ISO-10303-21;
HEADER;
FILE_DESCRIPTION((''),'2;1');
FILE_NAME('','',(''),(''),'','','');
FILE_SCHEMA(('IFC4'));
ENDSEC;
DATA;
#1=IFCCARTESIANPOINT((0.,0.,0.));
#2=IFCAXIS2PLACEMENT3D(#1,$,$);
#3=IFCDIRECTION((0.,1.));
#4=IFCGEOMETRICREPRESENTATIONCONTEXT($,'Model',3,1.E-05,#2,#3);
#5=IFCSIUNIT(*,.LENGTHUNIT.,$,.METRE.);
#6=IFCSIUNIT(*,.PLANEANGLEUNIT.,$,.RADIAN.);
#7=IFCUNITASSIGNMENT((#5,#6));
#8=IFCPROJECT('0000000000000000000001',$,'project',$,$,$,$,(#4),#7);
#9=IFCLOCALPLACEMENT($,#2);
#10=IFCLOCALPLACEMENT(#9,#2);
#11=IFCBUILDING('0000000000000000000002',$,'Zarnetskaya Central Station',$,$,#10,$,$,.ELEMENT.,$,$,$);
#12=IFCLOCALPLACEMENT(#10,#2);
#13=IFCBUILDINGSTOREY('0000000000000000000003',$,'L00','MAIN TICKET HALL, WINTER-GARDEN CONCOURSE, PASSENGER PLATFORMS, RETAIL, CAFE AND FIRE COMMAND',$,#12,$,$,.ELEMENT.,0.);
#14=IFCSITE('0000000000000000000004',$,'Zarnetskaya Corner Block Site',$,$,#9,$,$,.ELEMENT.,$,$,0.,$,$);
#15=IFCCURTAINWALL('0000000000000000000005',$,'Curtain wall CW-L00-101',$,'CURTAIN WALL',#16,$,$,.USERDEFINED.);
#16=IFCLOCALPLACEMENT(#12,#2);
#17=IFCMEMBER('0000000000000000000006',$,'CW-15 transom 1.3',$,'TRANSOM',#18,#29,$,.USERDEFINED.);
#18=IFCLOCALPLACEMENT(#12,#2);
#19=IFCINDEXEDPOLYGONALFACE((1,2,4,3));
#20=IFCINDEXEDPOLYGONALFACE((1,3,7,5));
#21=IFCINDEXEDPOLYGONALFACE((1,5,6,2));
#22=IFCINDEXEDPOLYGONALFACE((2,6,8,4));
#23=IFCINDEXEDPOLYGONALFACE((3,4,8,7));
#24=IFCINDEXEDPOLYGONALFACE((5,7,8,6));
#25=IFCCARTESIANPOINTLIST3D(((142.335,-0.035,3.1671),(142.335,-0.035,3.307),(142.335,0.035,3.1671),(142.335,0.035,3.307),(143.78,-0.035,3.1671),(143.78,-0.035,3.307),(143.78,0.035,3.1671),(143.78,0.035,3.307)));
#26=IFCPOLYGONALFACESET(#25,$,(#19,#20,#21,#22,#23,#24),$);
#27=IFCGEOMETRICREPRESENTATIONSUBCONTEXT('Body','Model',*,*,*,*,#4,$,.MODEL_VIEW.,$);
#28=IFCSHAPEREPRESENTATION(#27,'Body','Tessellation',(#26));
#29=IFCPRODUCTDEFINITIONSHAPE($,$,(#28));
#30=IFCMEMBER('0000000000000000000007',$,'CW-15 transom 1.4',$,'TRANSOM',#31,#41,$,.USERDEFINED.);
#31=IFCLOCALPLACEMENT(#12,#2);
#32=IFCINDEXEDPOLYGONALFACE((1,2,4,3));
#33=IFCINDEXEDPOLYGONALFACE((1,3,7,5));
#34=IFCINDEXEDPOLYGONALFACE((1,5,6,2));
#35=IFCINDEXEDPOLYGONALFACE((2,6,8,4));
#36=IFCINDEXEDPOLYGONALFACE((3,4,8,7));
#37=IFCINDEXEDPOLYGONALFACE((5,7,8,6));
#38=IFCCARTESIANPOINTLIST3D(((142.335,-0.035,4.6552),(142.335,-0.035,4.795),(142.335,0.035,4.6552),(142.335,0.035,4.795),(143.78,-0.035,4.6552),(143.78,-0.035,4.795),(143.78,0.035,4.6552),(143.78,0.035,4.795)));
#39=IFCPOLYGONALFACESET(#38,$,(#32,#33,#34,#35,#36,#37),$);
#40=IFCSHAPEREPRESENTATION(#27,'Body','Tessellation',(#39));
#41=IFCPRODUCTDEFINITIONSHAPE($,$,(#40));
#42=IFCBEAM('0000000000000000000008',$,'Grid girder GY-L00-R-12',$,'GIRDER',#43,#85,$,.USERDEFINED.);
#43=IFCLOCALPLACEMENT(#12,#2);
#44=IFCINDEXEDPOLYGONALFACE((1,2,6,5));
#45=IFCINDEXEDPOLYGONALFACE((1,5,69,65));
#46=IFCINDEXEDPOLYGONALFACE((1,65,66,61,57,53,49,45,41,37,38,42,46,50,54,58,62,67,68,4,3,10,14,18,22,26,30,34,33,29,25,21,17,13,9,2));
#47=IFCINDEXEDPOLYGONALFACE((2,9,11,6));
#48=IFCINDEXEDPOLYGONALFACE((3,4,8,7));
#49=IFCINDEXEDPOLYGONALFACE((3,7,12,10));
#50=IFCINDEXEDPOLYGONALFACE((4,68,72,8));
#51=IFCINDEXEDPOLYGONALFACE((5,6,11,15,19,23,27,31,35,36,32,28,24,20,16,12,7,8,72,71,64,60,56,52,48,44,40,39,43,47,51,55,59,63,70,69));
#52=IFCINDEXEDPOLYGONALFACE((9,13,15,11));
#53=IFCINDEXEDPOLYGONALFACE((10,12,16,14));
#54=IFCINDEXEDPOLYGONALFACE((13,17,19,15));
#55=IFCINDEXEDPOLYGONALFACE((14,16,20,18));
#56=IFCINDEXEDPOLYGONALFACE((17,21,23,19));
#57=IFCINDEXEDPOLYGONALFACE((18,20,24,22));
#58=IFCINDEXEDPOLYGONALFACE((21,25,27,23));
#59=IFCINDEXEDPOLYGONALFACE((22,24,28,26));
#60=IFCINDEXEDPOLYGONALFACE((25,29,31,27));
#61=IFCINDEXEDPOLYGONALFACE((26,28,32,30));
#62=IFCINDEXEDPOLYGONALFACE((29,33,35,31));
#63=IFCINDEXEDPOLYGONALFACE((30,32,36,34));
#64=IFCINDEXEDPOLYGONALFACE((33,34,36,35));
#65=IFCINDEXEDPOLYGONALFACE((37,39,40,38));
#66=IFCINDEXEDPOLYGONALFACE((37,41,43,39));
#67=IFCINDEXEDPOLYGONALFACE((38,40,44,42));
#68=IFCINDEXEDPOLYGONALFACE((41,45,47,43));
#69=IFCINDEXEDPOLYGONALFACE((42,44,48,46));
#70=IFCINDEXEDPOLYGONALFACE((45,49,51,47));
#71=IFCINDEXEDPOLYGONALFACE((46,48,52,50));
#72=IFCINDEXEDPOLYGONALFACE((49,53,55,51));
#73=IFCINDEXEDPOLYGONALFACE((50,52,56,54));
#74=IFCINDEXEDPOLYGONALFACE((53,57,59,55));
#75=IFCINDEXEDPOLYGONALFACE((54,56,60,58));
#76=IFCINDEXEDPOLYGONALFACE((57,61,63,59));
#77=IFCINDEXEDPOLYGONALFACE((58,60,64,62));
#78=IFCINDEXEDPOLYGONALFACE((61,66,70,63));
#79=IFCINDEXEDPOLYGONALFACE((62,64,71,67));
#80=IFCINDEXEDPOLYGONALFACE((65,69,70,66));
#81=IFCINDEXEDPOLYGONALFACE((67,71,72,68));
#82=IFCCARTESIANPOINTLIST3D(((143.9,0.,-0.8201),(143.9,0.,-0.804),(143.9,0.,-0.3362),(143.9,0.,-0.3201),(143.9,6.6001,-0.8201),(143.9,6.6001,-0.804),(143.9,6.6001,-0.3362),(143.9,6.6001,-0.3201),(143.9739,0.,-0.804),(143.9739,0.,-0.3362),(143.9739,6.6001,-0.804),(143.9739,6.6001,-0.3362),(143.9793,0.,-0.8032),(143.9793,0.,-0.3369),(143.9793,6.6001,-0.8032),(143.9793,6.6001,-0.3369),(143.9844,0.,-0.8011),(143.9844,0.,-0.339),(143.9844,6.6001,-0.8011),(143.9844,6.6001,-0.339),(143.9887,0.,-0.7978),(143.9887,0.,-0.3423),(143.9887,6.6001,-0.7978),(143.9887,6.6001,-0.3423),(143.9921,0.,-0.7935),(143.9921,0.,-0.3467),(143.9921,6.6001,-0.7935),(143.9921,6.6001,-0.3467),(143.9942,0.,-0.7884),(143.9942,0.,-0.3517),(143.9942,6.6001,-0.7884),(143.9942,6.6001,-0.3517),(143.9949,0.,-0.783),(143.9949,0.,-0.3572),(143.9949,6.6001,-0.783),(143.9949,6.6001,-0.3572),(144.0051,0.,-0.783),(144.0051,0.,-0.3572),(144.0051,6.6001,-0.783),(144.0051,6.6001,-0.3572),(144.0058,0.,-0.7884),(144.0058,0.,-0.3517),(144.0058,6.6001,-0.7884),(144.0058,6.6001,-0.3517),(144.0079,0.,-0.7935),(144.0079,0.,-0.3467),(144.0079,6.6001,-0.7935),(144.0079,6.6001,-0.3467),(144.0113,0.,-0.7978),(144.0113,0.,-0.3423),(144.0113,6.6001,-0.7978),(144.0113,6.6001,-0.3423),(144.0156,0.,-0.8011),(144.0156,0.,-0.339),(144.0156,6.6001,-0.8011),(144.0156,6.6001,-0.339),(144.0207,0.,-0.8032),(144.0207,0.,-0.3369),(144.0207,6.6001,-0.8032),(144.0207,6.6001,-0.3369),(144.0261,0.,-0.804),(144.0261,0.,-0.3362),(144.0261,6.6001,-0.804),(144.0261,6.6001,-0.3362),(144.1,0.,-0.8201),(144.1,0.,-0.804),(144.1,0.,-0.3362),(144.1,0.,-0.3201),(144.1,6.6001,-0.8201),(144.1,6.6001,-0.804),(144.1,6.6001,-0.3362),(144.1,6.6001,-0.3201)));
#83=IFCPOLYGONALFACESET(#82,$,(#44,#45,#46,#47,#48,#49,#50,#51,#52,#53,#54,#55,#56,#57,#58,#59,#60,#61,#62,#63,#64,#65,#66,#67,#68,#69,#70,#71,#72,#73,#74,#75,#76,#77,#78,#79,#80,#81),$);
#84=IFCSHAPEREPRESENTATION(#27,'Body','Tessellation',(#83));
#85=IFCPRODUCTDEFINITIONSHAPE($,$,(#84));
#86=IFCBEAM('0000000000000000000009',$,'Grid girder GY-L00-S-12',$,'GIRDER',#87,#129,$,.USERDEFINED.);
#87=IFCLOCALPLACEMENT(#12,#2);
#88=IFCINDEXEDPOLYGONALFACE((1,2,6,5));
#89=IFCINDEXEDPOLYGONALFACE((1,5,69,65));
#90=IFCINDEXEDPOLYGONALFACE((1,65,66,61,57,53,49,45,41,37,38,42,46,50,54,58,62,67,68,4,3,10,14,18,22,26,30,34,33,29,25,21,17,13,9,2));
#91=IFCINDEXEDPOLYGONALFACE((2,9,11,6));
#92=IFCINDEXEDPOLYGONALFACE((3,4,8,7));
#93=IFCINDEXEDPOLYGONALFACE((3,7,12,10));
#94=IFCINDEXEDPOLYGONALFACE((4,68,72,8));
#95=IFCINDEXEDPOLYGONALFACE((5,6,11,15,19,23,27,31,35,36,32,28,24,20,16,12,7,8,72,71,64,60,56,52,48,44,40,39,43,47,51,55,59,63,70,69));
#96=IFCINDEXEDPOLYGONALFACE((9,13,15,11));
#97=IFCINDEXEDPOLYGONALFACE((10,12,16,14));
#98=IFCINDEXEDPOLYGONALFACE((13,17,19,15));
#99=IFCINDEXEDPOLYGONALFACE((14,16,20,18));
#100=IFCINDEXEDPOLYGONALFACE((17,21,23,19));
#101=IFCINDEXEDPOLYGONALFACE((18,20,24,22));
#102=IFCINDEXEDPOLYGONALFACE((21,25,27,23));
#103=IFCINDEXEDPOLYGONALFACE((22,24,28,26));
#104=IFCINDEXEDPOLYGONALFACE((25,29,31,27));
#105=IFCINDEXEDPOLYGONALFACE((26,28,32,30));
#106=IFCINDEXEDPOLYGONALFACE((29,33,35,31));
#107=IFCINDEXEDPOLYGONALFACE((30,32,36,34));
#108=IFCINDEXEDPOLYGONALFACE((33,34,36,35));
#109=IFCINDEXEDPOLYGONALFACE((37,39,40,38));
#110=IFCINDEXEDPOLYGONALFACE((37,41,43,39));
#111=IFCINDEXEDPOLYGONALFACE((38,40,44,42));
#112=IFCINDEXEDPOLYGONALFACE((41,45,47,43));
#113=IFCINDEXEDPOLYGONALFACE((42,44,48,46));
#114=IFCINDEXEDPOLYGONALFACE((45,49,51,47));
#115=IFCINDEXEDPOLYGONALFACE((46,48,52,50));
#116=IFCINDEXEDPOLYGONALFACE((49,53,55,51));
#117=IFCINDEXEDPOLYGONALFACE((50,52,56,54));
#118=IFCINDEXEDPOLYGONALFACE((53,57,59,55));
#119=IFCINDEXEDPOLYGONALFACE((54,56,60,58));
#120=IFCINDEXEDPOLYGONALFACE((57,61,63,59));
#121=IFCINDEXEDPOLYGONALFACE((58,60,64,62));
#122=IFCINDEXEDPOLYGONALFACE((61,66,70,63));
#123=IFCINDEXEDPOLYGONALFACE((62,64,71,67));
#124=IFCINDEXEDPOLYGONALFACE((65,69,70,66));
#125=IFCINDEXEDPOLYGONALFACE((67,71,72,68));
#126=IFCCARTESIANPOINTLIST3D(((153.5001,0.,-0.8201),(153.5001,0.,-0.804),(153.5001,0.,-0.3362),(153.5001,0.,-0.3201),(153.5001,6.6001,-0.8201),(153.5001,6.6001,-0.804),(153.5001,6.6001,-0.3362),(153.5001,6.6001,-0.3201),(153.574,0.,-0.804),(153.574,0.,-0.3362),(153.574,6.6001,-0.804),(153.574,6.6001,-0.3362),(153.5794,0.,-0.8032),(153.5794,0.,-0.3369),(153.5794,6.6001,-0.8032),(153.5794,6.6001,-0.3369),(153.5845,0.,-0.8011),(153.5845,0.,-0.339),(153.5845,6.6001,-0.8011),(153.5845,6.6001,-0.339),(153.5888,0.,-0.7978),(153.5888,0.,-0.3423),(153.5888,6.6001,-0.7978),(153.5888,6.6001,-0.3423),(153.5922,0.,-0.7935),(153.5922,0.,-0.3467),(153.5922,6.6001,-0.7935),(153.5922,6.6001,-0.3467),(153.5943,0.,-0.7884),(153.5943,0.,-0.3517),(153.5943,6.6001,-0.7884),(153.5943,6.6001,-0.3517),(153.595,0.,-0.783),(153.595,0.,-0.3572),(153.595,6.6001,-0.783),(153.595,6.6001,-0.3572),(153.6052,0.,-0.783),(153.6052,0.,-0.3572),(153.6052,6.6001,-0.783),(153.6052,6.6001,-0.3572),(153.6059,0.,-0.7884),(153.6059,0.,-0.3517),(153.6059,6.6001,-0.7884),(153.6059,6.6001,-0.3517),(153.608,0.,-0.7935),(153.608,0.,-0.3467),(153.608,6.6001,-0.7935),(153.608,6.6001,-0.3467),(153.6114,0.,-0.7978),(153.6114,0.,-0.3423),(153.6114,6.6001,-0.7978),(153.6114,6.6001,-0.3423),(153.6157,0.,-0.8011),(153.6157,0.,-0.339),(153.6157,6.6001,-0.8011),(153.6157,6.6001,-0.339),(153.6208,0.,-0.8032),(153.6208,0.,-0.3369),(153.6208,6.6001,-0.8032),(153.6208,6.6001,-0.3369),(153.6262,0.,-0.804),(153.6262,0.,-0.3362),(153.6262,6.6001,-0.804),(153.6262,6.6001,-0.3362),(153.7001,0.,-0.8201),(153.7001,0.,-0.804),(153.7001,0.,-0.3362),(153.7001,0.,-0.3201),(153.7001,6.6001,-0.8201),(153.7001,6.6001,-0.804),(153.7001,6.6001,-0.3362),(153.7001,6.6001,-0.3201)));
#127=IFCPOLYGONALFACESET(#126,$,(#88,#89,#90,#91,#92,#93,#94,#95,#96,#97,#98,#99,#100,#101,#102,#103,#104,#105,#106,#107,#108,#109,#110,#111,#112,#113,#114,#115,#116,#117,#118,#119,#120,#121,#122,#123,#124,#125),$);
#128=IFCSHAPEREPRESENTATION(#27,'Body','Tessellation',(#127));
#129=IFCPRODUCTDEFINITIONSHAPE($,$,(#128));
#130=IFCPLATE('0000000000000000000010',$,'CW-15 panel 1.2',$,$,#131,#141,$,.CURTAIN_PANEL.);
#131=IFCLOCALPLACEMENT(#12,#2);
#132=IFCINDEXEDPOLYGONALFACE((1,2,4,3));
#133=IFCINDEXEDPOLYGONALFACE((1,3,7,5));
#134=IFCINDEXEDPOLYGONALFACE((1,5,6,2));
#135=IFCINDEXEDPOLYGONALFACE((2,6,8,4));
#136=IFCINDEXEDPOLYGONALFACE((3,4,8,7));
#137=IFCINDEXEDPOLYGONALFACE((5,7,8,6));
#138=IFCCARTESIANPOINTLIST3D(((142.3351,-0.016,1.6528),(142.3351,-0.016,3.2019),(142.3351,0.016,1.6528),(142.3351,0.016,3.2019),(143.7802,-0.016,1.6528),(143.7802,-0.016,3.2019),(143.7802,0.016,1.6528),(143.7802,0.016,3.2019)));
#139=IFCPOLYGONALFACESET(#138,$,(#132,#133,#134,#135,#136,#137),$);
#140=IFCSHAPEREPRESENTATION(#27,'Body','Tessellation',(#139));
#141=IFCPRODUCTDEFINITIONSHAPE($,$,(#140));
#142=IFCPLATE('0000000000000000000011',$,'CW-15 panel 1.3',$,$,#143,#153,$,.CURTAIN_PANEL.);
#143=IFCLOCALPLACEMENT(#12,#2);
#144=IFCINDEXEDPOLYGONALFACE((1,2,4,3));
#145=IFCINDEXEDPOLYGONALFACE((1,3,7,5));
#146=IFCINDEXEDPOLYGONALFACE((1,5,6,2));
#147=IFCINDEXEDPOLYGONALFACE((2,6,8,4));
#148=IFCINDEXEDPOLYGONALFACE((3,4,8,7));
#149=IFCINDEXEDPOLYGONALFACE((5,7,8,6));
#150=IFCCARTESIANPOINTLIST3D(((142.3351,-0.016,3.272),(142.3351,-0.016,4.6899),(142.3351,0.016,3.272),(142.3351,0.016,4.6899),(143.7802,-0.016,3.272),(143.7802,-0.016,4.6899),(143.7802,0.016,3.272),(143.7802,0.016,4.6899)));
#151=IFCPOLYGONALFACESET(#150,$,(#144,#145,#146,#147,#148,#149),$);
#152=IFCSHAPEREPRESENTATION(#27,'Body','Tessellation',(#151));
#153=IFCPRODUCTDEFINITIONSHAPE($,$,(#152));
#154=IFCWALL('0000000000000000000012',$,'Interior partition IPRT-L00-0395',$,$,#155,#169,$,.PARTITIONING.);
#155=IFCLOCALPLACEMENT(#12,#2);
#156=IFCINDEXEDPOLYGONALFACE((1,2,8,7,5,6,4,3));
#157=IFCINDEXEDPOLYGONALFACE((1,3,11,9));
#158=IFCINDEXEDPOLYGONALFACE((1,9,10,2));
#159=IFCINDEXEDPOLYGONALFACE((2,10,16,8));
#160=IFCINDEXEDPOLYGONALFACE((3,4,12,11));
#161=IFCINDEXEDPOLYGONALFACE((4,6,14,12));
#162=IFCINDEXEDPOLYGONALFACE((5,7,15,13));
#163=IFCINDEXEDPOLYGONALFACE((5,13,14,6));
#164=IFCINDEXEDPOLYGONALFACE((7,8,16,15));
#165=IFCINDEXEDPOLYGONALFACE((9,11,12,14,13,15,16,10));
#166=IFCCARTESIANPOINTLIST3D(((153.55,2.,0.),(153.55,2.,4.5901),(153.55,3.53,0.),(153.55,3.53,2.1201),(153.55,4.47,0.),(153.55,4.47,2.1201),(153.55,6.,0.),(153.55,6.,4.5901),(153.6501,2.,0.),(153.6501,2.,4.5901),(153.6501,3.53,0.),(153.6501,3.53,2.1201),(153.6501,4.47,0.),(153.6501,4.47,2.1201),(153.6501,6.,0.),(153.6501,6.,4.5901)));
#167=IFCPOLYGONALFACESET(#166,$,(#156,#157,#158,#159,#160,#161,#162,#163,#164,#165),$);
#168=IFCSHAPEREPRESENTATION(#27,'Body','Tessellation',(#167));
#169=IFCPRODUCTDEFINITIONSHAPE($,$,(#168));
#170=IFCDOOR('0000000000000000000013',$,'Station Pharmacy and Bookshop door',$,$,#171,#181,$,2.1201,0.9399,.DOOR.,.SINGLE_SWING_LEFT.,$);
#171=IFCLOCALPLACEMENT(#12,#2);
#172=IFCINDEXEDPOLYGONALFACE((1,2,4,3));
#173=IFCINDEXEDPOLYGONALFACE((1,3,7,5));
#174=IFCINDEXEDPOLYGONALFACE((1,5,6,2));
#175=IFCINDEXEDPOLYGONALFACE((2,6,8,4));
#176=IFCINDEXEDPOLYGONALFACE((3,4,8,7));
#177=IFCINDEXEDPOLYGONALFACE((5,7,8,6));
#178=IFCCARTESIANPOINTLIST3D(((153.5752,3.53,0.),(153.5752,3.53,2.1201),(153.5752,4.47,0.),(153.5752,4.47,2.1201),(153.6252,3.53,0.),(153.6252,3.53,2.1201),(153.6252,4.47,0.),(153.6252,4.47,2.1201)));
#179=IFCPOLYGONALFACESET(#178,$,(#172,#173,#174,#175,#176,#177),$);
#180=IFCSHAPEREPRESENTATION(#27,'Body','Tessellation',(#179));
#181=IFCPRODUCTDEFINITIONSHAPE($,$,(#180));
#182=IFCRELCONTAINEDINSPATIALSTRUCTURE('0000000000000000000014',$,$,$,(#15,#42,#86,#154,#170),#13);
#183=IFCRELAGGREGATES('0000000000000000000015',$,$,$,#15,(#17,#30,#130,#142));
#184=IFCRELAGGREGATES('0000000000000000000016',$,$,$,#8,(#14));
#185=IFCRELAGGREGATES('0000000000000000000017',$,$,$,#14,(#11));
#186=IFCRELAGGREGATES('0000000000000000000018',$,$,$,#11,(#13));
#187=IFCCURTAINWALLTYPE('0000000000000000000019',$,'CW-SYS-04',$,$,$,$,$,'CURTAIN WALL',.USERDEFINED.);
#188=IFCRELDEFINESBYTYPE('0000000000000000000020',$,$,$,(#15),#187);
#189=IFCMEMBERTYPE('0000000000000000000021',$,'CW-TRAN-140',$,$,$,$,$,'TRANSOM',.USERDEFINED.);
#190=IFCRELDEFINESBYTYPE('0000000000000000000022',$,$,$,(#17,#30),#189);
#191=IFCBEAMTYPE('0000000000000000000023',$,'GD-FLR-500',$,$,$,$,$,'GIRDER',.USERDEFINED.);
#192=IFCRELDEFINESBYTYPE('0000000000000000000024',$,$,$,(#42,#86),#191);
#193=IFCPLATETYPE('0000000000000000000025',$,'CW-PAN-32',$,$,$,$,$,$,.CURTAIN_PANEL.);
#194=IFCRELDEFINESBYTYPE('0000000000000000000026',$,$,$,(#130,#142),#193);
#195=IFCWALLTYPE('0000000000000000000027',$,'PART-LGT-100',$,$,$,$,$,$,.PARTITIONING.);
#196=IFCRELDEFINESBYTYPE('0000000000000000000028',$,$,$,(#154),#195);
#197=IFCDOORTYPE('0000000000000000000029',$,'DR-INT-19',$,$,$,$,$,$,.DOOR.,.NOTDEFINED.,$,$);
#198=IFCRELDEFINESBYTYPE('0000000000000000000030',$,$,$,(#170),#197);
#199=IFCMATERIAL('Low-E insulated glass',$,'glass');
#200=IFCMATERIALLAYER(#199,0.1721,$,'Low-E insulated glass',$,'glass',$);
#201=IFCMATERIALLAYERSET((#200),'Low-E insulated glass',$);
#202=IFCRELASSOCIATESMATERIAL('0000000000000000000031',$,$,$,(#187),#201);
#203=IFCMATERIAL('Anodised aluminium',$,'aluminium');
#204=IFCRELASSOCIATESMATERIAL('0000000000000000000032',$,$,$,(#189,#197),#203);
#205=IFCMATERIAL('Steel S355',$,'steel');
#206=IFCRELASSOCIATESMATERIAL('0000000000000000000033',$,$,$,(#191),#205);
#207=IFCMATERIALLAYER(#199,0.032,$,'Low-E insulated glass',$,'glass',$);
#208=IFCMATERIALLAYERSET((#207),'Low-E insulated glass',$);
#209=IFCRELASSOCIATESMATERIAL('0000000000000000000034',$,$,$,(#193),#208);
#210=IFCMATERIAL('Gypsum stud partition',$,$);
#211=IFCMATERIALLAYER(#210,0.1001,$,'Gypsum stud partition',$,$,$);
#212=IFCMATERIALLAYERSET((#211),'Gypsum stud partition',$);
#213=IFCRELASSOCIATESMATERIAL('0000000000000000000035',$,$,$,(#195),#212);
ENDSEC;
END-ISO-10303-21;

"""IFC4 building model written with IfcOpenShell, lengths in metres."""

from ifc_helpers import new_model, si_unit, direction, frame, frame_2d, origin, origin_2d, place, context, subcontext, project, spatial, rectangle, i_section, extrude, material, layer, layer_set, material_profile, profile_set, type_object, element, fill, aggregate, save


model = new_model("IFC4")

# Units and contexts
model_context = context("Model", 3, precision=1e-05, world=origin(), true_north=direction((0.0, 1.0)))
body_context = subcontext(model_context, "Body", "Model", "MODEL_VIEW")
ifc_project = project(units=[si_unit("LENGTHUNIT", "METRE"), si_unit("PLANEANGLEUNIT", "RADIAN")], contexts=[model_context])

# Site, building, storey
site_placement = place(None, origin())
site = spatial("IfcSite", under=ifc_project, at=site_placement, Name="Zarnetskaya Corner Block Site", CompositionType="ELEMENT", RefElevation=0.0)
building_placement = place(site_placement, origin())
building = spatial("IfcBuilding", under=site, at=building_placement, Name="Zarnetskaya Central Station", CompositionType="ELEMENT")
storey_placement = place(building_placement, origin())
storey = spatial("IfcBuildingStorey", under=building, at=storey_placement, Name="L00", Description="MAIN TICKET HALL, WINTER-GARDEN CONCOURSE, PASSENGER PLATFORMS, RETAIL, CAFE AND FIRE COMMAND", CompositionType="ELEMENT", Elevation=0.0)

# Shared definitions
ifc_material_1 = material(Name="Steel S355", Category="steel")

# Curtain wall, members
ifc_material_2 = material(Name="Low-E insulated glass", Category="glass")
ifc_layer_1 = layer(ifc_material_2, 0.1721, Name="Low-E insulated glass", Category="glass")
ifc_layer_set_1 = layer_set([ifc_layer_1], Name="Low-E insulated glass")
curtain_wall_type = type_object("IfcCurtainWallType", Name="CW-SYS-04", ElementType="CURTAIN WALL", PredefinedType="USERDEFINED", material=ifc_layer_set_1)
curtain_wall_placement = place(storey_placement, origin())
curtain_wall = element("IfcCurtainWall", 1, at=curtain_wall_placement, inside=storey, type_object=curtain_wall_type, Name="Curtain wall CW-L00-101", ObjectType="CURTAIN WALL", PredefinedType="USERDEFINED")
ifc_material_3 = material(Name="Anodised aluminium", Category="aluminium")
ifc_material_profile_1 = material_profile(ifc_material_3, rectangle(XDim=0.0701, YDim=0.1399, at=origin_2d()), Name="ALU TRAN 70x140")
ifc_profile_set_1 = profile_set([ifc_material_profile_1], Name="Anodised aluminium")
member_type_1 = type_object("IfcMemberType", Name="CW-TRAN-140", ElementType="TRANSOM", PredefinedType="USERDEFINED", material=ifc_profile_set_1)
member_1_placement = place(storey_placement, frame((143.78, 0.0, 3.2371), z_axis=(-1.0, 0.0, 0.0), x_axis=(0.0, -1.0, 0.0)))
member_1 = element("IfcMember", 2, at=member_1_placement, type_object=member_type_1, Name="CW-15 transom 1.3", ObjectType="TRANSOM", PredefinedType="USERDEFINED", context=body_context, shape_type="SweptSolid", body=[
    extrude(rectangle(XDim=0.0701, YDim=0.1399, at=origin_2d()), origin(), (0.0, 0.0, 1.0), 1.4451),
])
member_2_placement = place(storey_placement, frame((143.78, 0.0, 4.7251), z_axis=(-1.0, 0.0, 0.0), x_axis=(0.0, -1.0, 0.0)))
member_2 = element("IfcMember", 3, at=member_2_placement, type_object=member_type_1, Name="CW-15 transom 1.4", ObjectType="TRANSOM", PredefinedType="USERDEFINED", context=body_context, shape_type="SweptSolid", body=[
    extrude(rectangle(XDim=0.0701, YDim=0.1399, at=origin_2d()), origin(), (0.0, 0.0, 1.0), 1.4451),
])

# Beams
ifc_material_profile_2 = material_profile(ifc_material_1, i_section(OverallWidth=0.2, OverallDepth=0.5, WebThickness=0.0103, FlangeThickness=0.0161, FilletRadius=0.021, at=origin_2d()), Name="IPE 500")
ifc_profile_set_2 = profile_set([ifc_material_profile_2], Name="Steel S355")
beam_type_1 = type_object("IfcBeamType", Name="GD-FLR-500", ElementType="GIRDER", PredefinedType="USERDEFINED", material=ifc_profile_set_2)
for number, where, z_axis, x_axis, name in (
    (4, (144.0, 0.0, -0.5701), (0.0, 1.0, 0.0), (-1.0, 0.0, 0.0), "Grid girder GY-L00-R-12"),
    (5, (153.6001, 0.0, -0.5701), (0.0, 1.0, 0.0), (-1.0, 0.0, 0.0), "Grid girder GY-L00-S-12"),
):
    element("IfcBeam", number, at=place(storey_placement, frame(where, z_axis=z_axis, x_axis=x_axis)), inside=storey, type_object=beam_type_1, Name=name, ObjectType="GIRDER", PredefinedType="USERDEFINED", context=body_context, shape_type="SweptSolid", body=[
        extrude(i_section(OverallWidth=0.2, OverallDepth=0.5, WebThickness=0.0103, FlangeThickness=0.0161, FilletRadius=0.021, at=origin_2d()), origin(), (0.0, 0.0, 1.0), 6.6001),
    ])

# Plates
ifc_layer_2 = layer(ifc_material_2, 0.032, Name="Low-E insulated glass", Category="glass")
ifc_layer_set_2 = layer_set([ifc_layer_2], Name="Low-E insulated glass")
plate_type = type_object("IfcPlateType", Name="CW-PAN-32", PredefinedType="CURTAIN_PANEL", material=ifc_layer_set_2)
plate_1_placement = place(storey_placement, frame((143.0576, 0.0, 1.6528), z_axis=(0.0, 0.0, 1.0), x_axis=(-1.0, 0.0, 0.0)))
plate_1 = element("IfcPlate", 6, at=plate_1_placement, type_object=plate_type, Name="CW-15 panel 1.2", PredefinedType="CURTAIN_PANEL", context=body_context, shape_type="SweptSolid", body=[
    extrude(rectangle(XDim=1.4451, YDim=0.032, at=origin_2d()), origin(), (0.0, 0.0, 1.0), 1.5491),
])
plate_2_placement = place(storey_placement, frame((143.0576, 0.0, 3.272), z_axis=(0.0, 0.0, 1.0), x_axis=(-1.0, 0.0, 0.0)))
plate_2 = element("IfcPlate", 7, at=plate_2_placement, type_object=plate_type, Name="CW-15 panel 1.3", PredefinedType="CURTAIN_PANEL", context=body_context, shape_type="SweptSolid", body=[
    extrude(rectangle(XDim=1.4451, YDim=0.032, at=origin_2d()), origin(), (0.0, 0.0, 1.0), 1.418),
])
aggregate(curtain_wall, [member_1, member_2, plate_1, plate_2])

# Wall, opening, door
ifc_material_4 = material(Name="Gypsum stud partition")
ifc_layer_3 = layer(ifc_material_4, 0.1001, Name="Gypsum stud partition")
ifc_layer_set_3 = layer_set([ifc_layer_3], Name="Gypsum stud partition")
wall_type_1 = type_object("IfcWallType", Name="PART-LGT-100", PredefinedType="PARTITIONING", material=ifc_layer_set_3)
wall_1_placement = place(storey_placement, frame((153.6001, 2.0, 0.0), z_axis=(0.0, 0.0, 1.0), x_axis=(0.0, 1.0, 0.0)))
wall_1 = element("IfcWall", 8, at=wall_1_placement, inside=storey, type_object=wall_type_1, Name="Interior partition IPRT-L00-0395", PredefinedType="PARTITIONING", context=body_context, shape_type="SweptSolid", body=[
    extrude(rectangle(XDim=4.0, YDim=0.1001, at=frame_2d((2.0, 0.0))), origin(), (0.0, 0.0, 1.0), 4.5901),
])
opening_1_placement = place(wall_1_placement, frame((1.53, 0.0, 0.0)))
opening_1 = element("IfcOpeningElement", 9, at=opening_1_placement, cuts=wall_1, PredefinedType="OPENING", context=body_context, shape_type="SweptSolid", body=[
    extrude(rectangle(XDim=0.9399, YDim=2.1201, at=frame_2d((0.47, 1.0601))), frame((0.0, 0.0601, 0.0), z_axis=(0.0, -1.0, 0.0), x_axis=(1.0, 0.0, 0.0)), (0.0, 0.0, 1.0), 0.1201),
])
door_type = type_object("IfcDoorType", Name="DR-INT-19", OperationType="NOTDEFINED", PredefinedType="DOOR", material=ifc_material_3)
door_placement = place(opening_1_placement, origin())
door = element("IfcDoor", 10, at=door_placement, inside=storey, type_object=door_type, Name="Station Pharmacy and Bookshop door", OperationType="SINGLE_SWING_LEFT", OverallHeight=2.1201, OverallWidth=0.9399, PredefinedType="DOOR", context=body_context, shape_type="SweptSolid", body=[
    extrude(rectangle(XDim=0.9399, YDim=2.1201, at=frame_2d((0.47, 1.0601))), frame((0.0, 0.0249, 0.0), z_axis=(0.0, -1.0, 0.0), x_axis=(1.0, 0.0, 0.0)), (0.0, 0.0, 1.0), 0.05),
])
fill(opening_1, door)

save(model, "model.ifc")
